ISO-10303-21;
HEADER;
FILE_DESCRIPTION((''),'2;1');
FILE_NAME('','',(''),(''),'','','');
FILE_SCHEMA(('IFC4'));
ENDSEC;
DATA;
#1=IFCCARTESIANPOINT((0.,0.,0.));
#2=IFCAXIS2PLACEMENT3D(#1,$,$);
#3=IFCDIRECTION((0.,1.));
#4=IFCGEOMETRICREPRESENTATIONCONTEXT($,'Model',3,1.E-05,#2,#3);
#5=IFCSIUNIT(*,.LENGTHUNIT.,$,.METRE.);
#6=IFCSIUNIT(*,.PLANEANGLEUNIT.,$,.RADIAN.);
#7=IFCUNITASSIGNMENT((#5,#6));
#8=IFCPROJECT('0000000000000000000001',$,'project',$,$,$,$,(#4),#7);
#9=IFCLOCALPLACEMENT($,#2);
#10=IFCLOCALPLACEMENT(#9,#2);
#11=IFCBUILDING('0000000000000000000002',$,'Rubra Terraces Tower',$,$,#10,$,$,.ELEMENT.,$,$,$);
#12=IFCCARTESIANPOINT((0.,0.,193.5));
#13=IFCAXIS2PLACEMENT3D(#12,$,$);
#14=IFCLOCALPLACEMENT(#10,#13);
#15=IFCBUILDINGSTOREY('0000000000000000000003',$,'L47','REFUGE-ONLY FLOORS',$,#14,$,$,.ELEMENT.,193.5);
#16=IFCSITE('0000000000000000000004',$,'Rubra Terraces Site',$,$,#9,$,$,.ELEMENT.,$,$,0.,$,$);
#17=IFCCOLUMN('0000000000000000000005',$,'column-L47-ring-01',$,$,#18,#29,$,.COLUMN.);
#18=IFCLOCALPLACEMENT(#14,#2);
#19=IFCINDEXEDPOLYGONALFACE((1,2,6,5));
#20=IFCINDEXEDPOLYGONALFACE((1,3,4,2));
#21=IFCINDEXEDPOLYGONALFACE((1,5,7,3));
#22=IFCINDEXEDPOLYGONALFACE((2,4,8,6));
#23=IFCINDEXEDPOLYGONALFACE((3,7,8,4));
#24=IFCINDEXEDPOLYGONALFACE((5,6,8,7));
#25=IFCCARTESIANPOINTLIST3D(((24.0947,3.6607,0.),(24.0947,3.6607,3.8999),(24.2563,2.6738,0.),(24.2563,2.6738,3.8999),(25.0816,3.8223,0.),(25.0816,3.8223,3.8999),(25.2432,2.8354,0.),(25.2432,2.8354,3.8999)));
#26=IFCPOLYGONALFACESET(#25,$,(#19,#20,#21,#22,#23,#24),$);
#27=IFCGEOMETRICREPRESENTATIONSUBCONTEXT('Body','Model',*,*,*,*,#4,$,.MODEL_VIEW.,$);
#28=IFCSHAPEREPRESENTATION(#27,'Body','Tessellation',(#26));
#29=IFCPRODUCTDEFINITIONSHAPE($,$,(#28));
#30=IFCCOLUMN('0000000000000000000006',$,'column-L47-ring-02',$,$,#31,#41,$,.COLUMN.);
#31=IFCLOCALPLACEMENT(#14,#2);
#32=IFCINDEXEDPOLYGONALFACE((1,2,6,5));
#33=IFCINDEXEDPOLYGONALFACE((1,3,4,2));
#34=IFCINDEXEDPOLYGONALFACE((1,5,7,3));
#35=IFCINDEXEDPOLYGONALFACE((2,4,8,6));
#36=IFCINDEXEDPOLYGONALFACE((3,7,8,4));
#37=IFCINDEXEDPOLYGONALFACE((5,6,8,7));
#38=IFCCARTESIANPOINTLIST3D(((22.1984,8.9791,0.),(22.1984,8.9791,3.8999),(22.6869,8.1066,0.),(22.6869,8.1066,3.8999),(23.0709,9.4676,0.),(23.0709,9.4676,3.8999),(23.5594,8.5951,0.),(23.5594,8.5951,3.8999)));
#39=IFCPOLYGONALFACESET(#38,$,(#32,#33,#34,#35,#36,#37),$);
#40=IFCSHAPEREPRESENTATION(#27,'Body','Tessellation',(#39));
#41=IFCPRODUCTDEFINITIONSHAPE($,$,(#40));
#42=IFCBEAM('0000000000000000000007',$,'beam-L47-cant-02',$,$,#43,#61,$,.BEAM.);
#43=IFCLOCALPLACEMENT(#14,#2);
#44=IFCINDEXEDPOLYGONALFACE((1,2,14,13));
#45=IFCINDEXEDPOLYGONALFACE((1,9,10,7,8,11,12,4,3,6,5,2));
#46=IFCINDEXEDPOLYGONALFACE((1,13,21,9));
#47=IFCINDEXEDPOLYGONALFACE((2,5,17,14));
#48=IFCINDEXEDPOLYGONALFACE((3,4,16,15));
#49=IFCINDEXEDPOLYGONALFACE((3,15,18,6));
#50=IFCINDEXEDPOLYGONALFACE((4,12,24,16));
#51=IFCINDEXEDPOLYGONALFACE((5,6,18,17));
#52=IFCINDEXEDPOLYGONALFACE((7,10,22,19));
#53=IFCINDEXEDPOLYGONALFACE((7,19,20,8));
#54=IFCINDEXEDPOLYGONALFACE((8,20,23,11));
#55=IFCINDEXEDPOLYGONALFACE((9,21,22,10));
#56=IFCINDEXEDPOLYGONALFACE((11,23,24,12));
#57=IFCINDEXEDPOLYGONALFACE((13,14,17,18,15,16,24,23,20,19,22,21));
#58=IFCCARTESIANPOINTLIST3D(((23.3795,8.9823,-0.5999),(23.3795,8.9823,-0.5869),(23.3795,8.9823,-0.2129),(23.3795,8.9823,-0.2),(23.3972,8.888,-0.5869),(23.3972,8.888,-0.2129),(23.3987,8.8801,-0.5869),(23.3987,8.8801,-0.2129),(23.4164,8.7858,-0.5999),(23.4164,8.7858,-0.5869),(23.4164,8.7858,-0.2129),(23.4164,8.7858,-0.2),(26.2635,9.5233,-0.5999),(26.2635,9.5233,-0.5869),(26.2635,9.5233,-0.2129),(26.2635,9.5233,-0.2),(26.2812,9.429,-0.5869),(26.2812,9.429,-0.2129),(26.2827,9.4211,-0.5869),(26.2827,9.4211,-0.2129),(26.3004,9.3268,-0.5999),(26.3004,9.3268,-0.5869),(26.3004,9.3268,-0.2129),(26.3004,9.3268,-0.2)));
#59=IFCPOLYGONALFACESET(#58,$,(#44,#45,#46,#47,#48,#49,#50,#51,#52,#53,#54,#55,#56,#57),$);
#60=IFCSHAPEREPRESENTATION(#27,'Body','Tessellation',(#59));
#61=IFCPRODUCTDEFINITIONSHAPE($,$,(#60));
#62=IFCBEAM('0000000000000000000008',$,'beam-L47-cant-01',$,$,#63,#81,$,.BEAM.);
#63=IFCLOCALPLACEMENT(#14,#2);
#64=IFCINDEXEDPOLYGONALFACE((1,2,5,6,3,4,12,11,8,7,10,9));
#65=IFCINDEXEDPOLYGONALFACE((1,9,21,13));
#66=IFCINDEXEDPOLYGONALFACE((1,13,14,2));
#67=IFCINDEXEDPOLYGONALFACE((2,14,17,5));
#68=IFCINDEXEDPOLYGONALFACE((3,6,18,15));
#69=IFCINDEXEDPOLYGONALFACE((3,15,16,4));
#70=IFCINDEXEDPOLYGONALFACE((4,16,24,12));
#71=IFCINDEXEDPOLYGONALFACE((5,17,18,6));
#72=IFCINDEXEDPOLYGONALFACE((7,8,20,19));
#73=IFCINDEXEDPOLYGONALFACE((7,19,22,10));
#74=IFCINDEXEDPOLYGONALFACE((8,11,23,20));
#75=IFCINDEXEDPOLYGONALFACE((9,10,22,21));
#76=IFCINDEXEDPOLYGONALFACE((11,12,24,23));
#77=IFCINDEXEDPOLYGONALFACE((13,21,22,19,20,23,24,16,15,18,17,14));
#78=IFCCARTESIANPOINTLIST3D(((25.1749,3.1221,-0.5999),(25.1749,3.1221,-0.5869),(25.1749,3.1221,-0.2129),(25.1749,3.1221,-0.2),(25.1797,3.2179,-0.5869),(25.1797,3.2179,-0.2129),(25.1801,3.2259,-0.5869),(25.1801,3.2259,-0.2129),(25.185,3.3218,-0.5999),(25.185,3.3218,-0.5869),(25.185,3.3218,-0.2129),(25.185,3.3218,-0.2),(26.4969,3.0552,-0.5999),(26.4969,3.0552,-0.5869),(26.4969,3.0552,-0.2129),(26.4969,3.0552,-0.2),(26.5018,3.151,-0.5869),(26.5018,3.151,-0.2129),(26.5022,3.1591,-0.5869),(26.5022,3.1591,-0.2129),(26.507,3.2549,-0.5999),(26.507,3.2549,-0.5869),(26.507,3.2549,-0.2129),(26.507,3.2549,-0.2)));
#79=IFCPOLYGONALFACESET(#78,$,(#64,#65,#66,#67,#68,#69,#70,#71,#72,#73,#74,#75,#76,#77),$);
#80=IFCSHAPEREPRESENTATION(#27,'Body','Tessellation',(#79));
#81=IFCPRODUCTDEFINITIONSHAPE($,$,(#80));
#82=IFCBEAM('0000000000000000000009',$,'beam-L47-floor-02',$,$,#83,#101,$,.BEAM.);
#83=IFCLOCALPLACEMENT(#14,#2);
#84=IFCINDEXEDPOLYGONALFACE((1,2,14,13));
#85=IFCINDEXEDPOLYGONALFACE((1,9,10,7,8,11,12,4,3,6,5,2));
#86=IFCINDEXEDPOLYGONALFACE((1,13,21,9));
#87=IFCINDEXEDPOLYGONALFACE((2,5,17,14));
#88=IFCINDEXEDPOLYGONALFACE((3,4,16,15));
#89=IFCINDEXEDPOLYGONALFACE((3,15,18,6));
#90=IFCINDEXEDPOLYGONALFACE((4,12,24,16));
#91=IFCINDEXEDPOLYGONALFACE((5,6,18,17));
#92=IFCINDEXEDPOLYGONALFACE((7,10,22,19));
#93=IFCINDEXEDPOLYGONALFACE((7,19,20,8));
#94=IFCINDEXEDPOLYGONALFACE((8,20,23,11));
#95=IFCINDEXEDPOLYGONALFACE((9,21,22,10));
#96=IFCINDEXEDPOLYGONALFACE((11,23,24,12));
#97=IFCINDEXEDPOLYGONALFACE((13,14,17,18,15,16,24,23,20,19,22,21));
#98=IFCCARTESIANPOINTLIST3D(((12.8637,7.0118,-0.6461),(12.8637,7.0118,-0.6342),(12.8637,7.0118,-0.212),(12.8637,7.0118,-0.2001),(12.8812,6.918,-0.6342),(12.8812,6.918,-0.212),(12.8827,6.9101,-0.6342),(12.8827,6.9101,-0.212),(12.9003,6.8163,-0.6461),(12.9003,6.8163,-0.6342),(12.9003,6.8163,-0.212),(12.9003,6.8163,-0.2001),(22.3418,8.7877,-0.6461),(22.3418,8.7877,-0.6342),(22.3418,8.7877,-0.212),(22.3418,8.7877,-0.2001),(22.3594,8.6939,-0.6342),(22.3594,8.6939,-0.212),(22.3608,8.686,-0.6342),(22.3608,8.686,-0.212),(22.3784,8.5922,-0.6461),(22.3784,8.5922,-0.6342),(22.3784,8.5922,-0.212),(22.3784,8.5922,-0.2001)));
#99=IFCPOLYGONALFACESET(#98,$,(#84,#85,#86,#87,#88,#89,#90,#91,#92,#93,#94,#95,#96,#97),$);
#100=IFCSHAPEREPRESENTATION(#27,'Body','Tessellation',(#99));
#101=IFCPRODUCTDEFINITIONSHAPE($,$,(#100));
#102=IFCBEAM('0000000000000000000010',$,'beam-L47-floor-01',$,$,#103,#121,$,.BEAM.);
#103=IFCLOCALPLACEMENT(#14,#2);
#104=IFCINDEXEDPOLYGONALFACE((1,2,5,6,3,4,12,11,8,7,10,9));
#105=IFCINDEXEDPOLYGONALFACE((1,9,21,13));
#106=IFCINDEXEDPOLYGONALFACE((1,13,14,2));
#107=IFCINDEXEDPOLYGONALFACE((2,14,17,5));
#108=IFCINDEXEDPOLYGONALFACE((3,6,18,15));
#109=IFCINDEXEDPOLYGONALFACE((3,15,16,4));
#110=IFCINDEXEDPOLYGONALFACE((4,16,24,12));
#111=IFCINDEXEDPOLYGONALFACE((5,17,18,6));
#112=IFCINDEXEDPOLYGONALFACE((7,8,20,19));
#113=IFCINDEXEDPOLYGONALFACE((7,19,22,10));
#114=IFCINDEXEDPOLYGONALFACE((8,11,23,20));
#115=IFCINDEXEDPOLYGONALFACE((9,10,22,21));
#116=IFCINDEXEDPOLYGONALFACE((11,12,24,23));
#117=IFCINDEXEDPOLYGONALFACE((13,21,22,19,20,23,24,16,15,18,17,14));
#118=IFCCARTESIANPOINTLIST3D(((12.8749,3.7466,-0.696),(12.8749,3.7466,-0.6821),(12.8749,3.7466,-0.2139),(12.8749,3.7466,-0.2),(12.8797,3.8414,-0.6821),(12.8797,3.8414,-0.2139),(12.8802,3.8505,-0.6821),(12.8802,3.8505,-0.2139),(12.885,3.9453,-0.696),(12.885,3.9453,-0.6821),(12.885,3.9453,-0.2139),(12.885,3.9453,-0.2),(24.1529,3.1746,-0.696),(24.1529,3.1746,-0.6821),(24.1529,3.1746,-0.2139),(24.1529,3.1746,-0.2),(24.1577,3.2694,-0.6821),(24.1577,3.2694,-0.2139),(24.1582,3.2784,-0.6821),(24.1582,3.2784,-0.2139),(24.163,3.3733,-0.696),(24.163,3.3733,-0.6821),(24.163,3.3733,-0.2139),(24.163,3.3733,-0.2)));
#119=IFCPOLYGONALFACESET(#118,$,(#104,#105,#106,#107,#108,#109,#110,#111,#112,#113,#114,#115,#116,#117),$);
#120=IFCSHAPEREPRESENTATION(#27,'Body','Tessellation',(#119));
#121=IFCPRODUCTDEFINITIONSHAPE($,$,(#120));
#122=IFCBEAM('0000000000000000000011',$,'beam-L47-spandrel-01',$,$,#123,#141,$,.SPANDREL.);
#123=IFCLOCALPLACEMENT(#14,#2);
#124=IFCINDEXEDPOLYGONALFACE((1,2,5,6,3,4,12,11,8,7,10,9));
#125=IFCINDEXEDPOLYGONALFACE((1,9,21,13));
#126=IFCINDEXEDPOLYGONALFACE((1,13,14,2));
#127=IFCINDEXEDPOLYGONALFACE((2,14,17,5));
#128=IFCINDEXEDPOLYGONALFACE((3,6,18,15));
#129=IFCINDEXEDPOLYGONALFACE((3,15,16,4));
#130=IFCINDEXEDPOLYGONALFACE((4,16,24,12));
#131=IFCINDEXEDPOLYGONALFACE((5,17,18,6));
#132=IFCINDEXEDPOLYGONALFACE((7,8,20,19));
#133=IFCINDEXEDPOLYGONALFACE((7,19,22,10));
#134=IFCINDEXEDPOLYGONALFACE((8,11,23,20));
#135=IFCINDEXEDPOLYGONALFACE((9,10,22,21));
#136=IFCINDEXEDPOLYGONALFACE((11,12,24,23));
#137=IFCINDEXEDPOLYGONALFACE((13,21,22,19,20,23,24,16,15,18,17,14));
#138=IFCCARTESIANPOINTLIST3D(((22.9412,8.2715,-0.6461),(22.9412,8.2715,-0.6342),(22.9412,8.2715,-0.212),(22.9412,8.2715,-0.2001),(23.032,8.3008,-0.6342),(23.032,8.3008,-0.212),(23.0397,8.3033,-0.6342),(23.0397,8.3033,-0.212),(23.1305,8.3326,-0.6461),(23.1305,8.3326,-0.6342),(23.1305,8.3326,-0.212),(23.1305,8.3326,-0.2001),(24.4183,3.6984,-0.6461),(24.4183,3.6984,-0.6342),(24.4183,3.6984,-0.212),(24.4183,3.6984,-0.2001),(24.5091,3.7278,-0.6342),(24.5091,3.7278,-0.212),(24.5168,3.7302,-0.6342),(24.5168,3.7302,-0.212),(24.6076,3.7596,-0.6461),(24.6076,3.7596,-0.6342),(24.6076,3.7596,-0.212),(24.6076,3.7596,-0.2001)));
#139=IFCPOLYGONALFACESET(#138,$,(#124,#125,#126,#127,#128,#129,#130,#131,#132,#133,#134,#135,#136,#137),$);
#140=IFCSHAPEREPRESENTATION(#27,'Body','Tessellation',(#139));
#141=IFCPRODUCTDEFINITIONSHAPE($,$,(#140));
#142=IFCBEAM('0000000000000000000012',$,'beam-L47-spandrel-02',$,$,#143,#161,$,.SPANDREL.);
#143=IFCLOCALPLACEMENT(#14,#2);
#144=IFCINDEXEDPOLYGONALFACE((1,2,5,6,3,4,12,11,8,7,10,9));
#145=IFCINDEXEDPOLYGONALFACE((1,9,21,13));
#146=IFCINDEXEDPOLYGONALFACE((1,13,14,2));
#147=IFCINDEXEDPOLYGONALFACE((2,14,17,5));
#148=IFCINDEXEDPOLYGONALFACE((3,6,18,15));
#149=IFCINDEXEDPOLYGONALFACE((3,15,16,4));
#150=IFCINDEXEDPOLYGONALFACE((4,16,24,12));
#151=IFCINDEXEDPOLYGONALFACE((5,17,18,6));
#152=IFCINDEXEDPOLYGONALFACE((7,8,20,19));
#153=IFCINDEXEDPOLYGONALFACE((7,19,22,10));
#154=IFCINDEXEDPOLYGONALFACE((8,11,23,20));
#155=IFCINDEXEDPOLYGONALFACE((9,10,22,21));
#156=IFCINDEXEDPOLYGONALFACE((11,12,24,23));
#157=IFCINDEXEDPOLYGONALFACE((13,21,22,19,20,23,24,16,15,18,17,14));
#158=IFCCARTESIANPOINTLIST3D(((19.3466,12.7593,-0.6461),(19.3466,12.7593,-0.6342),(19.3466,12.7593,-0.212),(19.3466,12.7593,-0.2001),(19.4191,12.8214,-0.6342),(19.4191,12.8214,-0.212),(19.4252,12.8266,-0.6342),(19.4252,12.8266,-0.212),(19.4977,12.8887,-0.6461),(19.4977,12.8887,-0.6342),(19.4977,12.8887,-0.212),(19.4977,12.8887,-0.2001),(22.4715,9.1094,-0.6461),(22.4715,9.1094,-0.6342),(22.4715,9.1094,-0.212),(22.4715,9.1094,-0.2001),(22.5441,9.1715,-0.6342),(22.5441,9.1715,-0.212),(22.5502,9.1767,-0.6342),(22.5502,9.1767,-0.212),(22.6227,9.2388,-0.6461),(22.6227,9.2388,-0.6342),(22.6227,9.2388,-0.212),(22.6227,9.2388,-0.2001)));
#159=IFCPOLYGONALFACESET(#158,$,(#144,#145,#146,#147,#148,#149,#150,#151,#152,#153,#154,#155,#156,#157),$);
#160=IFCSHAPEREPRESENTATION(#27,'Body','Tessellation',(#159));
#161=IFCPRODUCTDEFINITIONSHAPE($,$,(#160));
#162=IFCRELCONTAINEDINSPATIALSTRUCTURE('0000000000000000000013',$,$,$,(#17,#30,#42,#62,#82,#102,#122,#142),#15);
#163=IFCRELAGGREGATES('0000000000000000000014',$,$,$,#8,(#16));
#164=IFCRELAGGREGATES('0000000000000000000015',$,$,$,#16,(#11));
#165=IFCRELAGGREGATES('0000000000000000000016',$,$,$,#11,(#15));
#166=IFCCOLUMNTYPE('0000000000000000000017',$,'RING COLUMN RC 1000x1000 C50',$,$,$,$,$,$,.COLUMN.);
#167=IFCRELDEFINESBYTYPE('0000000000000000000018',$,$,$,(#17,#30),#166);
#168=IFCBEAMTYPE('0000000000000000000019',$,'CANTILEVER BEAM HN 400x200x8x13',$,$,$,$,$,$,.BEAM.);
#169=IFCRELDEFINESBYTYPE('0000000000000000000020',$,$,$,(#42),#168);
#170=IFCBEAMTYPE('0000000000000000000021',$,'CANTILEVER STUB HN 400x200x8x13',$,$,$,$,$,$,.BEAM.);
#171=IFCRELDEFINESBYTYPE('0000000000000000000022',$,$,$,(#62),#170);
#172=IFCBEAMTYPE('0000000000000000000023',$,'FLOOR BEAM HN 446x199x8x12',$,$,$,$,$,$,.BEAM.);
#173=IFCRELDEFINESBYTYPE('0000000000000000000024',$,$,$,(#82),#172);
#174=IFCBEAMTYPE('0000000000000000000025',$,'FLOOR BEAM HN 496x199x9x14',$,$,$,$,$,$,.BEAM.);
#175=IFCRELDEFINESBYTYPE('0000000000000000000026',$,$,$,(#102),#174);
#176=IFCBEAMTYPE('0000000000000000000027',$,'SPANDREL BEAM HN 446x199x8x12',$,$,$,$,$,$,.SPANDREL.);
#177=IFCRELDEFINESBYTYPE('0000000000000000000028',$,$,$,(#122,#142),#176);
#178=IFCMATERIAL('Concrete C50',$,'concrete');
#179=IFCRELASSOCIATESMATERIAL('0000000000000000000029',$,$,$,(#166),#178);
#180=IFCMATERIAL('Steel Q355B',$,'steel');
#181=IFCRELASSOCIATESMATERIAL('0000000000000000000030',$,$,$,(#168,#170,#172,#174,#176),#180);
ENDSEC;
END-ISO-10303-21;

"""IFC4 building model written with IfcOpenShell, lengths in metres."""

from ifc_helpers import new_model, si_unit, direction, frame, origin, origin_2d, place, context, subcontext, project, spatial, rectangle, i_section, extrude, material, material_profile, profile_set, type_object, element, save


model = new_model("IFC4")

# Units and contexts
model_context = context("Model", 3, precision=1e-05, world=origin(), true_north=direction((0.0, 1.0)))
body_context = subcontext(model_context, "Body", "Model", "MODEL_VIEW")
ifc_project = project(units=[si_unit("LENGTHUNIT", "METRE"), si_unit("PLANEANGLEUNIT", "RADIAN")], contexts=[model_context])

# Site, building, storey
site_placement = place(None, origin())
site = spatial("IfcSite", under=ifc_project, at=site_placement, Name="Rubra Terraces Site", CompositionType="ELEMENT", RefElevation=0.0)
building_placement = place(site_placement, origin())
building = spatial("IfcBuilding", under=site, at=building_placement, Name="Rubra Terraces Tower", CompositionType="ELEMENT")
storey_placement = place(building_placement, frame((0.0, 0.0, 193.5)))
storey = spatial("IfcBuildingStorey", under=building, at=storey_placement, Name="L47", Description="REFUGE-ONLY FLOORS", CompositionType="ELEMENT", Elevation=193.5)

# Columns
ifc_material_1 = material(Name="Concrete C50", Category="concrete")
ifc_material_profile_1 = material_profile(ifc_material_1, rectangle(XDim=1.0, YDim=1.0, at=origin_2d()), Name="RC 1000x1000")
ifc_profile_set_1 = profile_set([ifc_material_profile_1], Name="Concrete C50")
column_type = type_object("IfcColumnType", Name="RING COLUMN RC 1000x1000 C50", PredefinedType="COLUMN", material=ifc_profile_set_1)
for number, where, z_axis, x_axis, name in (
    (1, (24.6689, 3.248, 0.0), (0.0, 0.0, 1.0), (-0.161559, 0.986863, 0.0), "column-L47-ring-01"),
    (2, (22.8789, 8.7871, 0.0), (0.0, 0.0, 1.0), (-0.488526, 0.872549, 0.0), "column-L47-ring-02"),
):
    element("IfcColumn", number, at=place(storey_placement, frame(where, z_axis=z_axis, x_axis=x_axis)), inside=storey, type_object=column_type, Name=name, PredefinedType="COLUMN", context=body_context, shape_type="SweptSolid", body=[
        extrude(rectangle(XDim=1.0, YDim=1.0, at=origin_2d()), origin(), (0.0, 0.0, 1.0), 3.8999),
    ])

# Beams
ifc_material_2 = material(Name="Steel Q355B", Category="steel")
ifc_material_profile_2 = material_profile(ifc_material_2, i_section(OverallWidth=0.2, OverallDepth=0.3999, WebThickness=0.0081, FlangeThickness=0.0129, at=origin_2d()), Name="HN 400x200x8x13")
ifc_profile_set_2 = profile_set([ifc_material_profile_2], Name="Steel Q355B")
beam_type_1 = type_object("IfcBeamType", Name="CANTILEVER BEAM HN 400x200x8x13", PredefinedType="BEAM", material=ifc_profile_set_2)
beam_1_placement = place(storey_placement, frame((23.3979, 8.884, -0.3999), z_axis=(0.982856, 0.184374, 0.0), x_axis=(-0.184374, 0.982856, 0.0)))
element("IfcBeam", 3, at=beam_1_placement, inside=storey, type_object=beam_type_1, Name="beam-L47-cant-02", PredefinedType="BEAM", context=body_context, shape_type="SweptSolid", body=[
    extrude(i_section(OverallWidth=0.2, OverallDepth=0.3999, WebThickness=0.0081, FlangeThickness=0.0129, at=origin_2d()), origin(), (0.0, 0.0, 1.0), 2.9343),
])
ifc_material_profile_3 = material_profile(ifc_material_2, i_section(OverallWidth=0.2, OverallDepth=0.3999, WebThickness=0.0081, FlangeThickness=0.0129, at=origin_2d()), Name="HN 400x200x8x13")
ifc_profile_set_3 = profile_set([ifc_material_profile_3], Name="Steel Q355B")
beam_type_2 = type_object("IfcBeamType", Name="CANTILEVER STUB HN 400x200x8x13", PredefinedType="BEAM", material=ifc_profile_set_3)
beam_2_placement = place(storey_placement, frame((25.1799, 3.2219, -0.3999), z_axis=(0.998722, -0.050536, 0.0), x_axis=(0.050536, 0.998722, 0.0)))
element("IfcBeam", 4, at=beam_2_placement, inside=storey, type_object=beam_type_2, Name="beam-L47-cant-01", PredefinedType="BEAM", context=body_context, shape_type="SweptSolid", body=[
    extrude(i_section(OverallWidth=0.2, OverallDepth=0.3999, WebThickness=0.0081, FlangeThickness=0.0129, at=origin_2d()), origin(), (0.0, 0.0, 1.0), 1.3237),
])
ifc_material_profile_4 = material_profile(ifc_material_2, i_section(OverallWidth=0.199, OverallDepth=0.446, WebThickness=0.0081, FlangeThickness=0.012, at=origin_2d()), Name="HN 446x199x8x12")
ifc_profile_set_4 = profile_set([ifc_material_profile_4], Name="Steel Q355B")
beam_type_3 = type_object("IfcBeamType", Name="FLOOR BEAM HN 446x199x8x12", PredefinedType="BEAM", material=ifc_profile_set_4)
beam_3_placement = place(storey_placement, frame((22.3601, 8.6899, -0.4231), z_axis=(-0.982896, -0.184163, 0.0), x_axis=(0.184163, -0.982896, 0.0)))
element("IfcBeam", 5, at=beam_3_placement, inside=storey, type_object=beam_type_3, Name="beam-L47-floor-02", PredefinedType="BEAM", context=body_context, shape_type="SweptSolid", body=[
    extrude(i_section(OverallWidth=0.199, OverallDepth=0.446, WebThickness=0.0081, FlangeThickness=0.012, at=origin_2d()), origin(), (0.0, 0.0, 1.0), 9.6431),
])
ifc_material_profile_5 = material_profile(ifc_material_2, i_section(OverallWidth=0.199, OverallDepth=0.4961, WebThickness=0.009, FlangeThickness=0.0139, at=origin_2d()), Name="HN 496x199x9x14")
ifc_profile_set_5 = profile_set([ifc_material_profile_5], Name="Steel Q355B")
beam_type_4 = type_object("IfcBeamType", Name="FLOOR BEAM HN 496x199x9x14", PredefinedType="BEAM", material=ifc_profile_set_5)
beam_4_placement = place(storey_placement, frame((24.158, 3.2739, -0.448), z_axis=(-0.998716, 0.050655, 0.0), x_axis=(-0.050655, -0.998716, 0.0)))
element("IfcBeam", 6, at=beam_4_placement, inside=storey, type_object=beam_type_4, Name="beam-L47-floor-01", PredefinedType="BEAM", context=body_context, shape_type="SweptSolid", body=[
    extrude(i_section(OverallWidth=0.199, OverallDepth=0.4961, WebThickness=0.009, FlangeThickness=0.0139, at=origin_2d()), origin(), (0.0, 0.0, 1.0), 11.2925),
])
ifc_material_profile_6 = material_profile(ifc_material_2, i_section(OverallWidth=0.199, OverallDepth=0.446, WebThickness=0.0081, FlangeThickness=0.012, at=origin_2d()), Name="HN 446x199x8x12")
ifc_profile_set_6 = profile_set([ifc_material_profile_6], Name="Steel Q355B")
beam_type_5 = type_object("IfcBeamType", Name="SPANDREL BEAM HN 446x199x8x12", PredefinedType="SPANDREL", material=ifc_profile_set_6)
beam_5_placement = place(storey_placement, frame((24.5129, 3.729, -0.4231), z_axis=(-0.307359, 0.951594, 0.0), x_axis=(-0.951594, -0.307359, 0.0)))
element("IfcBeam", 7, at=beam_5_placement, inside=storey, type_object=beam_type_5, Name="beam-L47-spandrel-01", PredefinedType="SPANDREL", context=body_context, shape_type="SweptSolid", body=[
    extrude(i_section(OverallWidth=0.199, OverallDepth=0.446, WebThickness=0.0081, FlangeThickness=0.012, at=origin_2d()), origin(), (0.0, 0.0, 1.0), 4.8057),
])
beam_6_placement = place(storey_placement, frame((22.5471, 9.1741, -0.4231), z_axis=(-0.650373, 0.759615, 0.0), x_axis=(-0.759615, -0.650373, 0.0)))
element("IfcBeam", 8, at=beam_6_placement, inside=storey, type_object=beam_type_5, Name="beam-L47-spandrel-02", PredefinedType="SPANDREL", context=body_context, shape_type="SweptSolid", body=[
    extrude(i_section(OverallWidth=0.199, OverallDepth=0.446, WebThickness=0.0081, FlangeThickness=0.012, at=origin_2d()), origin(), (0.0, 0.0, 1.0), 4.8049),
])

save(model, "model.ifc")
